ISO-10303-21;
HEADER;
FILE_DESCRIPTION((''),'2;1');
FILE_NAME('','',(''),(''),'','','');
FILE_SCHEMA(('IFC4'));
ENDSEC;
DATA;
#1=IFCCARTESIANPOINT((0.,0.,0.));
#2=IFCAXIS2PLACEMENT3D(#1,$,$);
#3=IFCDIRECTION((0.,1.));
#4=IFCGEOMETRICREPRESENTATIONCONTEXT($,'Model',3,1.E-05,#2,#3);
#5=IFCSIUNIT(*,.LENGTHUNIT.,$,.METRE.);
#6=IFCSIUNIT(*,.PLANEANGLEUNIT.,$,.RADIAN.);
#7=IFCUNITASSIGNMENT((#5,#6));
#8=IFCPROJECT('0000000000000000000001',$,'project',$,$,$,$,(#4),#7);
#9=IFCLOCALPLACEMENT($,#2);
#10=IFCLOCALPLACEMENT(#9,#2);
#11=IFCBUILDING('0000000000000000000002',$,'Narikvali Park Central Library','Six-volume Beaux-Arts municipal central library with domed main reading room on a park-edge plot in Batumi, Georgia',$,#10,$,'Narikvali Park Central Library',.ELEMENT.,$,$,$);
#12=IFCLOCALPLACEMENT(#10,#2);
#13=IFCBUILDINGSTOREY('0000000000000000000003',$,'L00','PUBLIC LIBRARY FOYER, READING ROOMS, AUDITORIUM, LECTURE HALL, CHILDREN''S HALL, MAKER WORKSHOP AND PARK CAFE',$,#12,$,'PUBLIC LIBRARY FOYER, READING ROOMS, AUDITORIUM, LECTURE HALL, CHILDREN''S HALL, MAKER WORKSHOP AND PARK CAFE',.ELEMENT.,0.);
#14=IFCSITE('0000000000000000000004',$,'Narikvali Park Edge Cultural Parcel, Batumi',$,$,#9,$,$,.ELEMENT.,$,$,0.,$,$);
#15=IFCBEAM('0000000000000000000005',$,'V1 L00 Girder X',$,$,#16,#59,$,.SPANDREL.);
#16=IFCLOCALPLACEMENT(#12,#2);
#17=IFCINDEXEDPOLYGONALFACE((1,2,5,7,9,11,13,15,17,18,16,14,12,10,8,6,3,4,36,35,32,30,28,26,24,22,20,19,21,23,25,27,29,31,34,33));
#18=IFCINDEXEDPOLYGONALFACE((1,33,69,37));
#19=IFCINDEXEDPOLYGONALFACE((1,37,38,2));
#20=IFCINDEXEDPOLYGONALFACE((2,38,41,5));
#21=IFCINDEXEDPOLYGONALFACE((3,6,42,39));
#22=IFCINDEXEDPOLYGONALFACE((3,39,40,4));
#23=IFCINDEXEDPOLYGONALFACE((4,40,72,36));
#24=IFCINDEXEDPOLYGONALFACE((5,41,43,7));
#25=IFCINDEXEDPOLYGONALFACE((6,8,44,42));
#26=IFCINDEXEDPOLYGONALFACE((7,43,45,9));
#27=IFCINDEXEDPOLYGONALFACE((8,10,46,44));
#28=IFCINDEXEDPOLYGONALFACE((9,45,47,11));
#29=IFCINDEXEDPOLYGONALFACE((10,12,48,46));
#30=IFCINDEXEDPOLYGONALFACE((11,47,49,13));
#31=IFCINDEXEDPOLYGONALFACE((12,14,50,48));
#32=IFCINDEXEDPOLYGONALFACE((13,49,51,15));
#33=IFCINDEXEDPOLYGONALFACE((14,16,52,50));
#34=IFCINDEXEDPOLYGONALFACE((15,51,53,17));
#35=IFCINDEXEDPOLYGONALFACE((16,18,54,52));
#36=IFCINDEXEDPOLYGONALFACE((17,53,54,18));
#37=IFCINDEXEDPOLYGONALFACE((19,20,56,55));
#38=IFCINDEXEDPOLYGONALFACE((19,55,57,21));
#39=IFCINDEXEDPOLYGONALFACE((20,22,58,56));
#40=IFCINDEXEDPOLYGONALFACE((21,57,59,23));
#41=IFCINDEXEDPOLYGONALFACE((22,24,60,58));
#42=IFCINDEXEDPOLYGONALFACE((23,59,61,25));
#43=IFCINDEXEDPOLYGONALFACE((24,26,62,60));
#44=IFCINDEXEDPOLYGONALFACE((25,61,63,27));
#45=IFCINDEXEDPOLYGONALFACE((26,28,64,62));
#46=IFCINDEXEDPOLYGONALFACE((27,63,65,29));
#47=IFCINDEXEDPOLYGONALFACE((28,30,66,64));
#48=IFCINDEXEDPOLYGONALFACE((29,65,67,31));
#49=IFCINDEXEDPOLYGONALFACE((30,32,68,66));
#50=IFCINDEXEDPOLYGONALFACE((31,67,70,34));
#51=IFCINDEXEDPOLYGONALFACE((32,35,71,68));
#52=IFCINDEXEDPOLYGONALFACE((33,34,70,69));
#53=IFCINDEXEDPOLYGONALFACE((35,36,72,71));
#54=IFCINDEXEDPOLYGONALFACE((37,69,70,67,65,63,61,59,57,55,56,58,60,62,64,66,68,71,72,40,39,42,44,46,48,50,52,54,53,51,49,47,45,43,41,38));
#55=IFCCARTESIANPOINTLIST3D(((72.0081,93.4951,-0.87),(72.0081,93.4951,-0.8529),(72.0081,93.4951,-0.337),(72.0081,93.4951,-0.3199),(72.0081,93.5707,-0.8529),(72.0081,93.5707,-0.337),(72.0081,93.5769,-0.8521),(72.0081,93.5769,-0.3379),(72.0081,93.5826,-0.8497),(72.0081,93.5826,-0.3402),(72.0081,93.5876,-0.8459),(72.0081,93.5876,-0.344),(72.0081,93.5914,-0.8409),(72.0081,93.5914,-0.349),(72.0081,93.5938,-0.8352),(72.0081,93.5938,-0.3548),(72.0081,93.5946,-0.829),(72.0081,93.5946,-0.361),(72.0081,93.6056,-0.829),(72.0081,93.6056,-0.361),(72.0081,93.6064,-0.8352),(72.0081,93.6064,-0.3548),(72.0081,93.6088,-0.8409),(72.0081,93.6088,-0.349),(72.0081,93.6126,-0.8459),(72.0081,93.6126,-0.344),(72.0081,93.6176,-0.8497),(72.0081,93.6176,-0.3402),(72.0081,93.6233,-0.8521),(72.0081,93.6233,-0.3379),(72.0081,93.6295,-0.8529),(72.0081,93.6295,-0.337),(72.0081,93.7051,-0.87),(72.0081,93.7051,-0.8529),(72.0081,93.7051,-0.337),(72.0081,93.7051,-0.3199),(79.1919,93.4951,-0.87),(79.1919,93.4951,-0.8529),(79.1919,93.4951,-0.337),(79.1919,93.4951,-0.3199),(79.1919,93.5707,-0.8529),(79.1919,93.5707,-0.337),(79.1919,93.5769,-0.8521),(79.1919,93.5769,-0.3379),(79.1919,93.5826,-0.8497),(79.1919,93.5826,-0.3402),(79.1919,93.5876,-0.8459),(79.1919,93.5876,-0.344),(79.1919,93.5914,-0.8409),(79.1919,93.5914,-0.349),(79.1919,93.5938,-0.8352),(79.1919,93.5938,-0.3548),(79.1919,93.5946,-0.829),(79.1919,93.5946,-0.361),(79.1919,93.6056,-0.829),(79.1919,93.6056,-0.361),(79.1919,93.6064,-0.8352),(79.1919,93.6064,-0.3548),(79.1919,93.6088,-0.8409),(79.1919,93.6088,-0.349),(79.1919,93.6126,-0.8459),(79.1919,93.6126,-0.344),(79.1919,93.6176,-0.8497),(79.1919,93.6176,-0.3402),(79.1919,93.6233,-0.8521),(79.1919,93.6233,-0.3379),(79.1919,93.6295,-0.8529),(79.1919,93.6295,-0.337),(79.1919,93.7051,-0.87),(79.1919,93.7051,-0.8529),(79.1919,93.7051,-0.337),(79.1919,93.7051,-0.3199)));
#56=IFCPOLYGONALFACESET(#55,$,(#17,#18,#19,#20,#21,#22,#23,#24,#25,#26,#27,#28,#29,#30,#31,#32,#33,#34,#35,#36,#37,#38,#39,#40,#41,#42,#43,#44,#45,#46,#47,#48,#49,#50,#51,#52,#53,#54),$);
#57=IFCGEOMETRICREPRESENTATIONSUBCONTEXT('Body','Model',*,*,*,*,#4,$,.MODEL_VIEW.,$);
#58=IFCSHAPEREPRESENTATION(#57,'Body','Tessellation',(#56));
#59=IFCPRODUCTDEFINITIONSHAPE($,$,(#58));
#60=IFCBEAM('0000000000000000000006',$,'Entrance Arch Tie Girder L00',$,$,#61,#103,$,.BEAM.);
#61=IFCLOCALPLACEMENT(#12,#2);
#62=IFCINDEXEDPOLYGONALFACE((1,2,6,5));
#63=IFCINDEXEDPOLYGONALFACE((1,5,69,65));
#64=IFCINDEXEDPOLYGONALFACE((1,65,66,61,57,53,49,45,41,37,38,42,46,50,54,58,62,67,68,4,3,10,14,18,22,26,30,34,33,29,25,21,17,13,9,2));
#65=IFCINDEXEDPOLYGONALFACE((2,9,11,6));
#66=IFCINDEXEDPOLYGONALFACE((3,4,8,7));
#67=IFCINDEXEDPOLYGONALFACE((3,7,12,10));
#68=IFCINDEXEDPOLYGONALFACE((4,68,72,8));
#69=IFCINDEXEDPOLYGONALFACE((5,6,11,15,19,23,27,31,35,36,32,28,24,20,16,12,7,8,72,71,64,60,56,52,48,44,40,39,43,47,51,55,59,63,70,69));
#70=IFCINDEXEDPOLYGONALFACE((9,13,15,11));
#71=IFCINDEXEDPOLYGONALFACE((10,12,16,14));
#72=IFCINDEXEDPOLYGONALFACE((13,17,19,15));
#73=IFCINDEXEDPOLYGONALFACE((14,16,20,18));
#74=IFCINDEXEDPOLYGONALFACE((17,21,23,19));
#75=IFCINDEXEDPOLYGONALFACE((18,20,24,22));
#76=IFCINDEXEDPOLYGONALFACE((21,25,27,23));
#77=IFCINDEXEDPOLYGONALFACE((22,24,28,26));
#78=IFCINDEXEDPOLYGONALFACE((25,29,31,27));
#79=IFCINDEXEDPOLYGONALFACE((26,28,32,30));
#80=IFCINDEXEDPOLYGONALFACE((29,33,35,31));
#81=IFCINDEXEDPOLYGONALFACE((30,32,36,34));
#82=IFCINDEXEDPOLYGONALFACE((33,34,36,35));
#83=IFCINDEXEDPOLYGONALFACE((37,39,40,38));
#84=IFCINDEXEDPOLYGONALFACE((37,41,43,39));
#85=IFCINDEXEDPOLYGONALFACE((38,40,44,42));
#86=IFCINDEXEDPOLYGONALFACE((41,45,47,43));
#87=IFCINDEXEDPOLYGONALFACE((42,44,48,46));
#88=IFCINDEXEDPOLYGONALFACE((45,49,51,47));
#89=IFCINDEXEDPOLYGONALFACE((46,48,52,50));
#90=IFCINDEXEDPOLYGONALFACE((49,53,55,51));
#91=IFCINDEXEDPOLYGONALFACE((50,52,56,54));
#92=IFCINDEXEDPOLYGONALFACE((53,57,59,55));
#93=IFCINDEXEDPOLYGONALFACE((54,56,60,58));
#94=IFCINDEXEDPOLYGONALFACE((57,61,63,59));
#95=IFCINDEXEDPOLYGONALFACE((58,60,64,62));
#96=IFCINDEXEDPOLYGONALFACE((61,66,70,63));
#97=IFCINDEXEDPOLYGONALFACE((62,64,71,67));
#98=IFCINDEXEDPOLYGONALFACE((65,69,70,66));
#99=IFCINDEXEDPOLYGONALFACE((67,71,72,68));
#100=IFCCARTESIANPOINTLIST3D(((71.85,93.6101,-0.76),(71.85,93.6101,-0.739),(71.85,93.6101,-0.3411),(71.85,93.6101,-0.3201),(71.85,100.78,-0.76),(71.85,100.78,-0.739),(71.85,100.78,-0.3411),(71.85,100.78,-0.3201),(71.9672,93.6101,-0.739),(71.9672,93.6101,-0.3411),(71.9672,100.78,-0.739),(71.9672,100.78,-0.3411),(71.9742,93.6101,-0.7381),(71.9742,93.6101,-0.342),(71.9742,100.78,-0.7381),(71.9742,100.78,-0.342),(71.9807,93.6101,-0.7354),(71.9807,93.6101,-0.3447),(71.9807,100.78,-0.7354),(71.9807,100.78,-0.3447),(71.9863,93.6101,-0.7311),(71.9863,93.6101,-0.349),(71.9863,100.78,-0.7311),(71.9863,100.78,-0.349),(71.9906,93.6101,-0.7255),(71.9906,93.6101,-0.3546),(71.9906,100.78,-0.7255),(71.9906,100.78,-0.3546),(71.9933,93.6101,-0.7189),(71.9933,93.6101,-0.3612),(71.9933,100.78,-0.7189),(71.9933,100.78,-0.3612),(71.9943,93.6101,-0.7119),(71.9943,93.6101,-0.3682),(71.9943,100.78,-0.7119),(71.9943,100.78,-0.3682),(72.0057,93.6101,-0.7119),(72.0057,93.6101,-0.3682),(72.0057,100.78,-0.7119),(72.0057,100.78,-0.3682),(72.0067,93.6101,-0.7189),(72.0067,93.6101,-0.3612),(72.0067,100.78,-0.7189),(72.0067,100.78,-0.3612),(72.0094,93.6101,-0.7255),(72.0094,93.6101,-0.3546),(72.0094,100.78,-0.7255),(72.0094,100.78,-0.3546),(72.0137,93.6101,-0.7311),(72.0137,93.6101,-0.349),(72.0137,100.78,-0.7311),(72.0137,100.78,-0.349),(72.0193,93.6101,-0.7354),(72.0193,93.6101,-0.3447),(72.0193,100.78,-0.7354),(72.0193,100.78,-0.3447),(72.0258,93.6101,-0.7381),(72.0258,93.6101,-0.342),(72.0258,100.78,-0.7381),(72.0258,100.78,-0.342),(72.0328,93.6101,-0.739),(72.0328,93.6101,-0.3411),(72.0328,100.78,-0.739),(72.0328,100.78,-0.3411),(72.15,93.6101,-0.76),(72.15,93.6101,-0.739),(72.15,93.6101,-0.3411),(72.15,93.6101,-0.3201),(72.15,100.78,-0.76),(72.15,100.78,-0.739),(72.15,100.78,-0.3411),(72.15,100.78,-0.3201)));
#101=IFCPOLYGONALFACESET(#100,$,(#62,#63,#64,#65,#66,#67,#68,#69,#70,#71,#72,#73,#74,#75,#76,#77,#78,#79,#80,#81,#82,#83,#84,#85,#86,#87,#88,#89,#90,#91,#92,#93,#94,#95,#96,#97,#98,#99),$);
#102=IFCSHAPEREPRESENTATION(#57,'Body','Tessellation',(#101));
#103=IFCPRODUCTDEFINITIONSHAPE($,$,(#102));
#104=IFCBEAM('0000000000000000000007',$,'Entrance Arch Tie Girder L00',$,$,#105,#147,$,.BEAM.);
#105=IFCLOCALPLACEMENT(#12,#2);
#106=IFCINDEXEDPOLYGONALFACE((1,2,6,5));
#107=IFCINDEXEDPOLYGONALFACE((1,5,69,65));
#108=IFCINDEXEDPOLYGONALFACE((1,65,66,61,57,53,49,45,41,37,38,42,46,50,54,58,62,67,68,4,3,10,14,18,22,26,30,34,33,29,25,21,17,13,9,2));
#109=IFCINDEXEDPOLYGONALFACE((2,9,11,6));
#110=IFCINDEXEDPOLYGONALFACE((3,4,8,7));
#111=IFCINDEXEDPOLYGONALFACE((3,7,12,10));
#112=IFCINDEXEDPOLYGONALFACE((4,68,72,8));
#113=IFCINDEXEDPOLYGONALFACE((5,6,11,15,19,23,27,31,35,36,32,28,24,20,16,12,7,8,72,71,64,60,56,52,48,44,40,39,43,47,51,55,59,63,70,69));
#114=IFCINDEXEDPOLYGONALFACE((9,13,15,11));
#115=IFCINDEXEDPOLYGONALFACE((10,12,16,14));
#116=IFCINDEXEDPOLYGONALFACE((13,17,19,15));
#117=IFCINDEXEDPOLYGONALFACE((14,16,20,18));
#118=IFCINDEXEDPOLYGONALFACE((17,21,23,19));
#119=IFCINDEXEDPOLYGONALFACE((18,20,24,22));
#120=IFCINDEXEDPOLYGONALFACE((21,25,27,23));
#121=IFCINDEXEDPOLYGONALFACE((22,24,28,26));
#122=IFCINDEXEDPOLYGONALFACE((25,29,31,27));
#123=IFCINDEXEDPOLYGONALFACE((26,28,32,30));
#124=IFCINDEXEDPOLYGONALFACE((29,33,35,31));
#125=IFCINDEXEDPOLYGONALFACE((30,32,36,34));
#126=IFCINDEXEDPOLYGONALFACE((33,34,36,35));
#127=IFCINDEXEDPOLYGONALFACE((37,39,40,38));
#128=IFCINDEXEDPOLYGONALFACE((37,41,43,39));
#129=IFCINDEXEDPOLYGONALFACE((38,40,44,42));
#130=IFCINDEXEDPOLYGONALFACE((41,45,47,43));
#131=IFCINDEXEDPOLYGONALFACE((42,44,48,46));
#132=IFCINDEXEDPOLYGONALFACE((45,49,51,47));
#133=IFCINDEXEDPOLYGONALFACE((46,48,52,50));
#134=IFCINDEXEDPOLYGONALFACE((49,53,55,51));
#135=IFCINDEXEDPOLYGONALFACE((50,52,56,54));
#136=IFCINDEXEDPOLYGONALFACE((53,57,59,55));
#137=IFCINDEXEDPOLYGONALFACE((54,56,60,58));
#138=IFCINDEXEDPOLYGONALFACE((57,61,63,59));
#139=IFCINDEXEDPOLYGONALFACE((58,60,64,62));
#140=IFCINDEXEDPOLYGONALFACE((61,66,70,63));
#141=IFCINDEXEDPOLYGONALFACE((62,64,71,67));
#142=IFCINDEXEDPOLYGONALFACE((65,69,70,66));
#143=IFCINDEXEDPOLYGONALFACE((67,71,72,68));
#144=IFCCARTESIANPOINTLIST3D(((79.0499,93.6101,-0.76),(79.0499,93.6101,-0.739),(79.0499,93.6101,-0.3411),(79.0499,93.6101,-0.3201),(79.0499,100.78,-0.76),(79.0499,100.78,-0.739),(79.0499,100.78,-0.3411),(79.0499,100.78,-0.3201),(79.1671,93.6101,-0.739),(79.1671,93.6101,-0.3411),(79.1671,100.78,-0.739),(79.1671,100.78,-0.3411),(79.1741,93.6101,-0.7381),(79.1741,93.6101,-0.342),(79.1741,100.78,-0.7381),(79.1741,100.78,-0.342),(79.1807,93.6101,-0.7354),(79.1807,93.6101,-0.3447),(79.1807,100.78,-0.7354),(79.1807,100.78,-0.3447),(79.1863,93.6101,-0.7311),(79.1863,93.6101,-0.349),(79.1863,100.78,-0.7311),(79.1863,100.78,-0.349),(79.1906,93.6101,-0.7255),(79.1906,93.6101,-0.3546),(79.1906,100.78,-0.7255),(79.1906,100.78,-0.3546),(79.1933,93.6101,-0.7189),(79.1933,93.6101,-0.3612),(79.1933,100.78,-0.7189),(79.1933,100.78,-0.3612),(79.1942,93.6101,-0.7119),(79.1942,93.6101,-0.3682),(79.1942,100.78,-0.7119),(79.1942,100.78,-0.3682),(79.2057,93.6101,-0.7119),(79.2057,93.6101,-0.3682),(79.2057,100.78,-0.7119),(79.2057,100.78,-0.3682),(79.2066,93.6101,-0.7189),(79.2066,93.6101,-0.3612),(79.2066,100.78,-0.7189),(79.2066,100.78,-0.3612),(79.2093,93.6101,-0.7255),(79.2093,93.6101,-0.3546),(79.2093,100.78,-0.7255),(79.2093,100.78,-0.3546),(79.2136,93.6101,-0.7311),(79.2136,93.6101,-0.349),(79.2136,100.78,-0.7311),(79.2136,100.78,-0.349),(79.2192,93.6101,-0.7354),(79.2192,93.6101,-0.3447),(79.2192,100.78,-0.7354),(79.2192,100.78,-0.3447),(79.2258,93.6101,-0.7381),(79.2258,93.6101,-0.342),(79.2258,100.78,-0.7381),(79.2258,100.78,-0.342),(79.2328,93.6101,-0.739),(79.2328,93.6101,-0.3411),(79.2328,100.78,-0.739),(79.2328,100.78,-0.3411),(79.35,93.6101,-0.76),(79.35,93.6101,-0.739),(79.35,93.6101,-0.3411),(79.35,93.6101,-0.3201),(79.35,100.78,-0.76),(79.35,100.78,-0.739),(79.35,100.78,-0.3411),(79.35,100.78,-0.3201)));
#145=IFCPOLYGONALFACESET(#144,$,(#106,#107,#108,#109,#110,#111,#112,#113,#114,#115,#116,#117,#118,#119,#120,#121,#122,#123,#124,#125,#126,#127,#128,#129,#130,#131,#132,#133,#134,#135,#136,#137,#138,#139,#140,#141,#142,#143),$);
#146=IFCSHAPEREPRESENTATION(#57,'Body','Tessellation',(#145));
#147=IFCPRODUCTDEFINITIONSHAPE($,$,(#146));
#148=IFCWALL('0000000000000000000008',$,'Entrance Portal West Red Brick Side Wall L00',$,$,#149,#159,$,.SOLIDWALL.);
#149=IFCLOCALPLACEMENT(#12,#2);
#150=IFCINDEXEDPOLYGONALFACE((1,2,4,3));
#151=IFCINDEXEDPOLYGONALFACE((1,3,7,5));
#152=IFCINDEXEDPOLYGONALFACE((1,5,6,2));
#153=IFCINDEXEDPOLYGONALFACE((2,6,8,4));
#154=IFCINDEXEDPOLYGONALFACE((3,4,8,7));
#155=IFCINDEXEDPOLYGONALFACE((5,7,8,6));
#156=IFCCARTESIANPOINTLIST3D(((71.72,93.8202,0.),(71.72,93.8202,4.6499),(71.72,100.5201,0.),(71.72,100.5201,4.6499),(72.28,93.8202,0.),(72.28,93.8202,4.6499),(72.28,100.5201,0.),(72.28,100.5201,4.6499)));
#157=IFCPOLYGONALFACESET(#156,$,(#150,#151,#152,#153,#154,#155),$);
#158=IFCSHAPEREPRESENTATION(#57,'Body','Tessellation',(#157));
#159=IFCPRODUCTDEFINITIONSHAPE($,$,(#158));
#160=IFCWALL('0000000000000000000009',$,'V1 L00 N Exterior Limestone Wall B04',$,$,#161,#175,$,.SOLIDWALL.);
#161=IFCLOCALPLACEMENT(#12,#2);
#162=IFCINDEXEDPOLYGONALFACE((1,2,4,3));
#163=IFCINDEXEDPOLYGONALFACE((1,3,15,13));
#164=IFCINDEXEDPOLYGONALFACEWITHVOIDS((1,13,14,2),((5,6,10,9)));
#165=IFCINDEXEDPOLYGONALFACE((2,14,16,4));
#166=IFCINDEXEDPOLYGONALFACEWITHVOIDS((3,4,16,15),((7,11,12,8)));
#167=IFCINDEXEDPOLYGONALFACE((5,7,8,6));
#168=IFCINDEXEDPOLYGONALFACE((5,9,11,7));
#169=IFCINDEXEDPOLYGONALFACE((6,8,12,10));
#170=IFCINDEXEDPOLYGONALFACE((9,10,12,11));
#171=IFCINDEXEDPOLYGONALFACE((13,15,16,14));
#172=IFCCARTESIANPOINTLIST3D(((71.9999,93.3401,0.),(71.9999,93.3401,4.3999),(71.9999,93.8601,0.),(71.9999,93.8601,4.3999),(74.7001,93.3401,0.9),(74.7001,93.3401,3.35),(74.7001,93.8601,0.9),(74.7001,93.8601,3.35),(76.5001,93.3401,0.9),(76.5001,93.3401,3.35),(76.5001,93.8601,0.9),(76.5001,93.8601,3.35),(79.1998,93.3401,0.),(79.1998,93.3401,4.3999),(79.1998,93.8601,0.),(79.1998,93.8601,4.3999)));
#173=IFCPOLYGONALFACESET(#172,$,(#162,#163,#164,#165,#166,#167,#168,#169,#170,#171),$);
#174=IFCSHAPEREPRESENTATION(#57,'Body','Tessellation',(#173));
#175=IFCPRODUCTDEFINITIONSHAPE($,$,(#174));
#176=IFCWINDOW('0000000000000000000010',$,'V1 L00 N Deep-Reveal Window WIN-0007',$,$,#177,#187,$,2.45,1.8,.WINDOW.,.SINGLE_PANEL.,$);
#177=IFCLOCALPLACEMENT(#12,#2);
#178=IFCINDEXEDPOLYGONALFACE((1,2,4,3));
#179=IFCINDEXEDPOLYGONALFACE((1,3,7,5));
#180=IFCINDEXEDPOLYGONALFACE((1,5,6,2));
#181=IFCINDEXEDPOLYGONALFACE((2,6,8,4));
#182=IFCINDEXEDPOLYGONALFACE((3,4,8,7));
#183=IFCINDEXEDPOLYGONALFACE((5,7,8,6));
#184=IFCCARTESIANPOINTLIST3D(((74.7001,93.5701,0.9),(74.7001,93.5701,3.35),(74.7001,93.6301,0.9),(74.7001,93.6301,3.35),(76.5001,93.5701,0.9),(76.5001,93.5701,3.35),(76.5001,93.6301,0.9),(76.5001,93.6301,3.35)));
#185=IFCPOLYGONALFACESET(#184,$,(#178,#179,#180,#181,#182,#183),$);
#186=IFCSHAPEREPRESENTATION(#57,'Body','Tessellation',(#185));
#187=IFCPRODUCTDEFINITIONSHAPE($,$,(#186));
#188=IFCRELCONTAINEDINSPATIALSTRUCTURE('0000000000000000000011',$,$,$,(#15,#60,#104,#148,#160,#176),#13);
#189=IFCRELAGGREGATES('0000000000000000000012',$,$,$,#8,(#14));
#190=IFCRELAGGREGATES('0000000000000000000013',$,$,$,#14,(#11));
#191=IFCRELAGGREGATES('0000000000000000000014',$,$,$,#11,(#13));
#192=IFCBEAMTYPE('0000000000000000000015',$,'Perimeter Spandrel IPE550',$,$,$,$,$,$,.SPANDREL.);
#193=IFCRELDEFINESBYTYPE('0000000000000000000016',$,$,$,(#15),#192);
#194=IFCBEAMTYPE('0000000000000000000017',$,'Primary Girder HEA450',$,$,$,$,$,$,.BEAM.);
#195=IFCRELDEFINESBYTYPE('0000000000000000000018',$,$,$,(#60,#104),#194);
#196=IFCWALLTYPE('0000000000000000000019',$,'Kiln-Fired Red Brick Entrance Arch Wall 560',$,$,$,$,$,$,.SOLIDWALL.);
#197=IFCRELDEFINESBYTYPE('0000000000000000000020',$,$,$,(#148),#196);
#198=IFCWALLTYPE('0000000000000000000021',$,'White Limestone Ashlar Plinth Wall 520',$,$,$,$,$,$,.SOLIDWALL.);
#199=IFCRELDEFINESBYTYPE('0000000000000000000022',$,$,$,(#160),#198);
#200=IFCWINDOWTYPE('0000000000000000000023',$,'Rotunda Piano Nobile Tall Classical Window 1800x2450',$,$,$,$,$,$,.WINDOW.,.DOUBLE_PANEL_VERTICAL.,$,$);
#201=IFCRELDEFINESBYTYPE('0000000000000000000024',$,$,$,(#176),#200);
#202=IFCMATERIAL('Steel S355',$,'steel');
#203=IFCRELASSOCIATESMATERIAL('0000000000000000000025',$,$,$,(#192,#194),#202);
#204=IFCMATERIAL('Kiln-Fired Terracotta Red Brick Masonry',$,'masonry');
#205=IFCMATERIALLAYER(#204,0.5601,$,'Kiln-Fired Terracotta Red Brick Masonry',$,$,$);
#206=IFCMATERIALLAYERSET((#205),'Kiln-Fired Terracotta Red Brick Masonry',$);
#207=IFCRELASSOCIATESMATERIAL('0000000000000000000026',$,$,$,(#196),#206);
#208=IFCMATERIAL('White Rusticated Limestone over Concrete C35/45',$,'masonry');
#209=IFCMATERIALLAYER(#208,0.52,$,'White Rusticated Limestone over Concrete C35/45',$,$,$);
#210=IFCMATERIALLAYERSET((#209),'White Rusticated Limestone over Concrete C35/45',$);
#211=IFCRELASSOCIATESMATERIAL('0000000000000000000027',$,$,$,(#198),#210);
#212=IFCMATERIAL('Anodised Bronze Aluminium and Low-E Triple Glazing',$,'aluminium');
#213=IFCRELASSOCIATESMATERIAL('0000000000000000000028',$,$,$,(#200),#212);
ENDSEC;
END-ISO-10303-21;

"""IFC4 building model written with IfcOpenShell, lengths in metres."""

from ifc_helpers import new_model, si_unit, direction, frame, frame_2d, origin, origin_2d, place, context, subcontext, project, spatial, rectangle, i_section, extrude, material, layer, layer_set, material_profile, profile_set, type_object, element, fill, save


model = new_model("IFC4")

# Units and contexts
model_context = context("Model", 3, precision=1e-05, world=origin(), true_north=direction((0.0, 1.0)))
body_context = subcontext(model_context, "Body", "Model", "MODEL_VIEW")
ifc_project = project(units=[si_unit("LENGTHUNIT", "METRE"), si_unit("PLANEANGLEUNIT", "RADIAN")], contexts=[model_context])

# Site, building, storey
site_placement = place(None, origin())
site = spatial("IfcSite", under=ifc_project, at=site_placement, Name="Narikvali Park Edge Cultural Parcel, Batumi", CompositionType="ELEMENT", RefElevation=0.0)
building_placement = place(site_placement, origin())
building = spatial("IfcBuilding", under=site, at=building_placement, Name="Narikvali Park Central Library", Description="Six-volume Beaux-Arts municipal central library with domed main reading room on a park-edge plot in Batumi, Georgia", LongName="Narikvali Park Central Library", CompositionType="ELEMENT")
storey_placement = place(building_placement, origin())
storey = spatial("IfcBuildingStorey", under=building, at=storey_placement, Name="L00", Description="PUBLIC LIBRARY FOYER, READING ROOMS, AUDITORIUM, LECTURE HALL, CHILDREN'S HALL, MAKER WORKSHOP AND PARK CAFE", LongName="PUBLIC LIBRARY FOYER, READING ROOMS, AUDITORIUM, LECTURE HALL, CHILDREN'S HALL, MAKER WORKSHOP AND PARK CAFE", CompositionType="ELEMENT", Elevation=0.0)

# Shared definitions
ifc_material_1 = material(Name="Steel S355", Category="steel")

# Beams
ifc_material_profile_1 = material_profile(ifc_material_1, i_section(OverallWidth=0.21, OverallDepth=0.55, WebThickness=0.011, FlangeThickness=0.0171, FilletRadius=0.0239, at=origin_2d()), Name="IPE 550")
ifc_profile_set_1 = profile_set([ifc_material_profile_1], Name="Steel S355")
beam_type_1 = type_object("IfcBeamType", Name="Perimeter Spandrel IPE550", PredefinedType="SPANDREL", material=ifc_profile_set_1)
for number, where, z_axis, x_axis, name in (
    (1, (72.0081, 93.6001, -0.595), (1.0, 0.0, 0.0), (0.0, 1.0, 0.0), "V1 L00 Girder X"),
):
    element("IfcBeam", number, at=place(storey_placement, frame(where, z_axis=z_axis, x_axis=x_axis)), inside=storey, type_object=beam_type_1, Name=name, PredefinedType="SPANDREL", context=body_context, shape_type="SweptSolid", body=[
        extrude(i_section(OverallWidth=0.21, OverallDepth=0.55, WebThickness=0.011, FlangeThickness=0.0171, FilletRadius=0.0239, at=origin_2d()), origin(), (0.0, 0.0, 1.0), 7.1838),
    ])
ifc_material_profile_2 = material_profile(ifc_material_1, i_section(OverallWidth=0.3, OverallDepth=0.4399, WebThickness=0.0115, FlangeThickness=0.021, FilletRadius=0.0271, at=origin_2d()), Name="HEA 450")
ifc_profile_set_2 = profile_set([ifc_material_profile_2], Name="Steel S355")
beam_type_2 = type_object("IfcBeamType", Name="Primary Girder HEA450", PredefinedType="BEAM", material=ifc_profile_set_2)
for number, where, z_axis, x_axis, name in (
    (2, (72.0, 93.6101, -0.54), (0.0, 1.0, 0.0), (-1.0, 0.0, 0.0), "Entrance Arch Tie Girder L00"),
    (3, (79.2, 93.6101, -0.54), (0.0, 1.0, 0.0), (-1.0, 0.0, 0.0), "Entrance Arch Tie Girder L00"),
):
    element("IfcBeam", number, at=place(storey_placement, frame(where, z_axis=z_axis, x_axis=x_axis)), inside=storey, type_object=beam_type_2, Name=name, PredefinedType="BEAM", context=body_context, shape_type="SweptSolid", body=[
        extrude(i_section(OverallWidth=0.3, OverallDepth=0.4399, WebThickness=0.0115, FlangeThickness=0.021, FilletRadius=0.0271, at=origin_2d()), origin(), (0.0, 0.0, 1.0), 7.1699),
    ])

# Wall
ifc_material_2 = material(Name="Kiln-Fired Terracotta Red Brick Masonry", Category="masonry")
ifc_layer_1 = layer(ifc_material_2, 0.5601, Name="Kiln-Fired Terracotta Red Brick Masonry")
ifc_layer_set_1 = layer_set([ifc_layer_1], Name="Kiln-Fired Terracotta Red Brick Masonry")
wall_type_1 = type_object("IfcWallType", Name="Kiln-Fired Red Brick Entrance Arch Wall 560", PredefinedType="SOLIDWALL", material=ifc_layer_set_1)
wall_1_placement = place(storey_placement, frame((72.0, 93.8201, 0.0), z_axis=(0.0, 0.0, 1.0), x_axis=(0.0, 1.0, 0.0)))
element("IfcWall", 4, at=wall_1_placement, inside=storey, type_object=wall_type_1, Name="Entrance Portal West Red Brick Side Wall L00", PredefinedType="SOLIDWALL", context=body_context, shape_type="SweptSolid", body=[
    extrude(rectangle(XDim=6.7, YDim=0.5601, at=frame_2d((3.3501, 0.0))), origin(), (0.0, 0.0, 1.0), 4.6499),
])

# Wall, opening, window
ifc_material_3 = material(Name="White Rusticated Limestone over Concrete C35/45", Category="masonry")
ifc_layer_2 = layer(ifc_material_3, 0.52, Name="White Rusticated Limestone over Concrete C35/45")
ifc_layer_set_2 = layer_set([ifc_layer_2], Name="White Rusticated Limestone over Concrete C35/45")
wall_type_2 = type_object("IfcWallType", Name="White Limestone Ashlar Plinth Wall 520", PredefinedType="SOLIDWALL", material=ifc_layer_set_2)
wall_2_placement = place(storey_placement, frame((79.2, 93.6001, 0.0), z_axis=(0.0, 0.0, 1.0), x_axis=(-1.0, 0.0, 0.0)))
wall_2 = element("IfcWall", 5, at=wall_2_placement, inside=storey, type_object=wall_type_2, Name="V1 L00 N Exterior Limestone Wall B04", PredefinedType="SOLIDWALL", context=body_context, shape_type="SweptSolid", body=[
    extrude(rectangle(XDim=7.2, YDim=0.52, at=frame_2d((3.6001, 0.0))), origin(), (0.0, 0.0, 1.0), 4.3999),
])
opening_1_placement = place(wall_2_placement, frame((2.7, 0.0, 0.8999)))
opening_1 = element("IfcOpeningElement", 6, at=opening_1_placement, cuts=wall_2, PredefinedType="OPENING", context=body_context, shape_type="SweptSolid", body=[
    extrude(rectangle(XDim=1.8, YDim=2.45, at=frame_2d((0.8999, 1.2251))), frame((0.0, 0.272, 0.0), z_axis=(0.0, -1.0, 0.0), x_axis=(1.0, 0.0, 0.0)), (0.0, 0.0, 1.0), 0.5439),
])
ifc_material_4 = material(Name="Anodised Bronze Aluminium and Low-E Triple Glazing", Category="aluminium")
window_type = type_object("IfcWindowType", Name="Rotunda Piano Nobile Tall Classical Window 1800x2450", PartitioningType="DOUBLE_PANEL_VERTICAL", PredefinedType="WINDOW", material=ifc_material_4)
window_1_placement = place(opening_1_placement, origin())
window_1 = element("IfcWindow", 7, at=window_1_placement, inside=storey, type_object=window_type, Name="V1 L00 N Deep-Reveal Window WIN-0007", OverallHeight=2.45, OverallWidth=1.8, PartitioningType="SINGLE_PANEL", PredefinedType="WINDOW", context=body_context, shape_type="SweptSolid", body=[
    extrude(rectangle(XDim=1.8, YDim=2.45, at=frame_2d((0.8999, 1.2251))), frame((0.0, 0.03, 0.0), z_axis=(0.0, -1.0, 0.0), x_axis=(1.0, 0.0, 0.0)), (0.0, 0.0, 1.0), 0.0601),
])
fill(opening_1, window_1)

save(model, "model.ifc")
